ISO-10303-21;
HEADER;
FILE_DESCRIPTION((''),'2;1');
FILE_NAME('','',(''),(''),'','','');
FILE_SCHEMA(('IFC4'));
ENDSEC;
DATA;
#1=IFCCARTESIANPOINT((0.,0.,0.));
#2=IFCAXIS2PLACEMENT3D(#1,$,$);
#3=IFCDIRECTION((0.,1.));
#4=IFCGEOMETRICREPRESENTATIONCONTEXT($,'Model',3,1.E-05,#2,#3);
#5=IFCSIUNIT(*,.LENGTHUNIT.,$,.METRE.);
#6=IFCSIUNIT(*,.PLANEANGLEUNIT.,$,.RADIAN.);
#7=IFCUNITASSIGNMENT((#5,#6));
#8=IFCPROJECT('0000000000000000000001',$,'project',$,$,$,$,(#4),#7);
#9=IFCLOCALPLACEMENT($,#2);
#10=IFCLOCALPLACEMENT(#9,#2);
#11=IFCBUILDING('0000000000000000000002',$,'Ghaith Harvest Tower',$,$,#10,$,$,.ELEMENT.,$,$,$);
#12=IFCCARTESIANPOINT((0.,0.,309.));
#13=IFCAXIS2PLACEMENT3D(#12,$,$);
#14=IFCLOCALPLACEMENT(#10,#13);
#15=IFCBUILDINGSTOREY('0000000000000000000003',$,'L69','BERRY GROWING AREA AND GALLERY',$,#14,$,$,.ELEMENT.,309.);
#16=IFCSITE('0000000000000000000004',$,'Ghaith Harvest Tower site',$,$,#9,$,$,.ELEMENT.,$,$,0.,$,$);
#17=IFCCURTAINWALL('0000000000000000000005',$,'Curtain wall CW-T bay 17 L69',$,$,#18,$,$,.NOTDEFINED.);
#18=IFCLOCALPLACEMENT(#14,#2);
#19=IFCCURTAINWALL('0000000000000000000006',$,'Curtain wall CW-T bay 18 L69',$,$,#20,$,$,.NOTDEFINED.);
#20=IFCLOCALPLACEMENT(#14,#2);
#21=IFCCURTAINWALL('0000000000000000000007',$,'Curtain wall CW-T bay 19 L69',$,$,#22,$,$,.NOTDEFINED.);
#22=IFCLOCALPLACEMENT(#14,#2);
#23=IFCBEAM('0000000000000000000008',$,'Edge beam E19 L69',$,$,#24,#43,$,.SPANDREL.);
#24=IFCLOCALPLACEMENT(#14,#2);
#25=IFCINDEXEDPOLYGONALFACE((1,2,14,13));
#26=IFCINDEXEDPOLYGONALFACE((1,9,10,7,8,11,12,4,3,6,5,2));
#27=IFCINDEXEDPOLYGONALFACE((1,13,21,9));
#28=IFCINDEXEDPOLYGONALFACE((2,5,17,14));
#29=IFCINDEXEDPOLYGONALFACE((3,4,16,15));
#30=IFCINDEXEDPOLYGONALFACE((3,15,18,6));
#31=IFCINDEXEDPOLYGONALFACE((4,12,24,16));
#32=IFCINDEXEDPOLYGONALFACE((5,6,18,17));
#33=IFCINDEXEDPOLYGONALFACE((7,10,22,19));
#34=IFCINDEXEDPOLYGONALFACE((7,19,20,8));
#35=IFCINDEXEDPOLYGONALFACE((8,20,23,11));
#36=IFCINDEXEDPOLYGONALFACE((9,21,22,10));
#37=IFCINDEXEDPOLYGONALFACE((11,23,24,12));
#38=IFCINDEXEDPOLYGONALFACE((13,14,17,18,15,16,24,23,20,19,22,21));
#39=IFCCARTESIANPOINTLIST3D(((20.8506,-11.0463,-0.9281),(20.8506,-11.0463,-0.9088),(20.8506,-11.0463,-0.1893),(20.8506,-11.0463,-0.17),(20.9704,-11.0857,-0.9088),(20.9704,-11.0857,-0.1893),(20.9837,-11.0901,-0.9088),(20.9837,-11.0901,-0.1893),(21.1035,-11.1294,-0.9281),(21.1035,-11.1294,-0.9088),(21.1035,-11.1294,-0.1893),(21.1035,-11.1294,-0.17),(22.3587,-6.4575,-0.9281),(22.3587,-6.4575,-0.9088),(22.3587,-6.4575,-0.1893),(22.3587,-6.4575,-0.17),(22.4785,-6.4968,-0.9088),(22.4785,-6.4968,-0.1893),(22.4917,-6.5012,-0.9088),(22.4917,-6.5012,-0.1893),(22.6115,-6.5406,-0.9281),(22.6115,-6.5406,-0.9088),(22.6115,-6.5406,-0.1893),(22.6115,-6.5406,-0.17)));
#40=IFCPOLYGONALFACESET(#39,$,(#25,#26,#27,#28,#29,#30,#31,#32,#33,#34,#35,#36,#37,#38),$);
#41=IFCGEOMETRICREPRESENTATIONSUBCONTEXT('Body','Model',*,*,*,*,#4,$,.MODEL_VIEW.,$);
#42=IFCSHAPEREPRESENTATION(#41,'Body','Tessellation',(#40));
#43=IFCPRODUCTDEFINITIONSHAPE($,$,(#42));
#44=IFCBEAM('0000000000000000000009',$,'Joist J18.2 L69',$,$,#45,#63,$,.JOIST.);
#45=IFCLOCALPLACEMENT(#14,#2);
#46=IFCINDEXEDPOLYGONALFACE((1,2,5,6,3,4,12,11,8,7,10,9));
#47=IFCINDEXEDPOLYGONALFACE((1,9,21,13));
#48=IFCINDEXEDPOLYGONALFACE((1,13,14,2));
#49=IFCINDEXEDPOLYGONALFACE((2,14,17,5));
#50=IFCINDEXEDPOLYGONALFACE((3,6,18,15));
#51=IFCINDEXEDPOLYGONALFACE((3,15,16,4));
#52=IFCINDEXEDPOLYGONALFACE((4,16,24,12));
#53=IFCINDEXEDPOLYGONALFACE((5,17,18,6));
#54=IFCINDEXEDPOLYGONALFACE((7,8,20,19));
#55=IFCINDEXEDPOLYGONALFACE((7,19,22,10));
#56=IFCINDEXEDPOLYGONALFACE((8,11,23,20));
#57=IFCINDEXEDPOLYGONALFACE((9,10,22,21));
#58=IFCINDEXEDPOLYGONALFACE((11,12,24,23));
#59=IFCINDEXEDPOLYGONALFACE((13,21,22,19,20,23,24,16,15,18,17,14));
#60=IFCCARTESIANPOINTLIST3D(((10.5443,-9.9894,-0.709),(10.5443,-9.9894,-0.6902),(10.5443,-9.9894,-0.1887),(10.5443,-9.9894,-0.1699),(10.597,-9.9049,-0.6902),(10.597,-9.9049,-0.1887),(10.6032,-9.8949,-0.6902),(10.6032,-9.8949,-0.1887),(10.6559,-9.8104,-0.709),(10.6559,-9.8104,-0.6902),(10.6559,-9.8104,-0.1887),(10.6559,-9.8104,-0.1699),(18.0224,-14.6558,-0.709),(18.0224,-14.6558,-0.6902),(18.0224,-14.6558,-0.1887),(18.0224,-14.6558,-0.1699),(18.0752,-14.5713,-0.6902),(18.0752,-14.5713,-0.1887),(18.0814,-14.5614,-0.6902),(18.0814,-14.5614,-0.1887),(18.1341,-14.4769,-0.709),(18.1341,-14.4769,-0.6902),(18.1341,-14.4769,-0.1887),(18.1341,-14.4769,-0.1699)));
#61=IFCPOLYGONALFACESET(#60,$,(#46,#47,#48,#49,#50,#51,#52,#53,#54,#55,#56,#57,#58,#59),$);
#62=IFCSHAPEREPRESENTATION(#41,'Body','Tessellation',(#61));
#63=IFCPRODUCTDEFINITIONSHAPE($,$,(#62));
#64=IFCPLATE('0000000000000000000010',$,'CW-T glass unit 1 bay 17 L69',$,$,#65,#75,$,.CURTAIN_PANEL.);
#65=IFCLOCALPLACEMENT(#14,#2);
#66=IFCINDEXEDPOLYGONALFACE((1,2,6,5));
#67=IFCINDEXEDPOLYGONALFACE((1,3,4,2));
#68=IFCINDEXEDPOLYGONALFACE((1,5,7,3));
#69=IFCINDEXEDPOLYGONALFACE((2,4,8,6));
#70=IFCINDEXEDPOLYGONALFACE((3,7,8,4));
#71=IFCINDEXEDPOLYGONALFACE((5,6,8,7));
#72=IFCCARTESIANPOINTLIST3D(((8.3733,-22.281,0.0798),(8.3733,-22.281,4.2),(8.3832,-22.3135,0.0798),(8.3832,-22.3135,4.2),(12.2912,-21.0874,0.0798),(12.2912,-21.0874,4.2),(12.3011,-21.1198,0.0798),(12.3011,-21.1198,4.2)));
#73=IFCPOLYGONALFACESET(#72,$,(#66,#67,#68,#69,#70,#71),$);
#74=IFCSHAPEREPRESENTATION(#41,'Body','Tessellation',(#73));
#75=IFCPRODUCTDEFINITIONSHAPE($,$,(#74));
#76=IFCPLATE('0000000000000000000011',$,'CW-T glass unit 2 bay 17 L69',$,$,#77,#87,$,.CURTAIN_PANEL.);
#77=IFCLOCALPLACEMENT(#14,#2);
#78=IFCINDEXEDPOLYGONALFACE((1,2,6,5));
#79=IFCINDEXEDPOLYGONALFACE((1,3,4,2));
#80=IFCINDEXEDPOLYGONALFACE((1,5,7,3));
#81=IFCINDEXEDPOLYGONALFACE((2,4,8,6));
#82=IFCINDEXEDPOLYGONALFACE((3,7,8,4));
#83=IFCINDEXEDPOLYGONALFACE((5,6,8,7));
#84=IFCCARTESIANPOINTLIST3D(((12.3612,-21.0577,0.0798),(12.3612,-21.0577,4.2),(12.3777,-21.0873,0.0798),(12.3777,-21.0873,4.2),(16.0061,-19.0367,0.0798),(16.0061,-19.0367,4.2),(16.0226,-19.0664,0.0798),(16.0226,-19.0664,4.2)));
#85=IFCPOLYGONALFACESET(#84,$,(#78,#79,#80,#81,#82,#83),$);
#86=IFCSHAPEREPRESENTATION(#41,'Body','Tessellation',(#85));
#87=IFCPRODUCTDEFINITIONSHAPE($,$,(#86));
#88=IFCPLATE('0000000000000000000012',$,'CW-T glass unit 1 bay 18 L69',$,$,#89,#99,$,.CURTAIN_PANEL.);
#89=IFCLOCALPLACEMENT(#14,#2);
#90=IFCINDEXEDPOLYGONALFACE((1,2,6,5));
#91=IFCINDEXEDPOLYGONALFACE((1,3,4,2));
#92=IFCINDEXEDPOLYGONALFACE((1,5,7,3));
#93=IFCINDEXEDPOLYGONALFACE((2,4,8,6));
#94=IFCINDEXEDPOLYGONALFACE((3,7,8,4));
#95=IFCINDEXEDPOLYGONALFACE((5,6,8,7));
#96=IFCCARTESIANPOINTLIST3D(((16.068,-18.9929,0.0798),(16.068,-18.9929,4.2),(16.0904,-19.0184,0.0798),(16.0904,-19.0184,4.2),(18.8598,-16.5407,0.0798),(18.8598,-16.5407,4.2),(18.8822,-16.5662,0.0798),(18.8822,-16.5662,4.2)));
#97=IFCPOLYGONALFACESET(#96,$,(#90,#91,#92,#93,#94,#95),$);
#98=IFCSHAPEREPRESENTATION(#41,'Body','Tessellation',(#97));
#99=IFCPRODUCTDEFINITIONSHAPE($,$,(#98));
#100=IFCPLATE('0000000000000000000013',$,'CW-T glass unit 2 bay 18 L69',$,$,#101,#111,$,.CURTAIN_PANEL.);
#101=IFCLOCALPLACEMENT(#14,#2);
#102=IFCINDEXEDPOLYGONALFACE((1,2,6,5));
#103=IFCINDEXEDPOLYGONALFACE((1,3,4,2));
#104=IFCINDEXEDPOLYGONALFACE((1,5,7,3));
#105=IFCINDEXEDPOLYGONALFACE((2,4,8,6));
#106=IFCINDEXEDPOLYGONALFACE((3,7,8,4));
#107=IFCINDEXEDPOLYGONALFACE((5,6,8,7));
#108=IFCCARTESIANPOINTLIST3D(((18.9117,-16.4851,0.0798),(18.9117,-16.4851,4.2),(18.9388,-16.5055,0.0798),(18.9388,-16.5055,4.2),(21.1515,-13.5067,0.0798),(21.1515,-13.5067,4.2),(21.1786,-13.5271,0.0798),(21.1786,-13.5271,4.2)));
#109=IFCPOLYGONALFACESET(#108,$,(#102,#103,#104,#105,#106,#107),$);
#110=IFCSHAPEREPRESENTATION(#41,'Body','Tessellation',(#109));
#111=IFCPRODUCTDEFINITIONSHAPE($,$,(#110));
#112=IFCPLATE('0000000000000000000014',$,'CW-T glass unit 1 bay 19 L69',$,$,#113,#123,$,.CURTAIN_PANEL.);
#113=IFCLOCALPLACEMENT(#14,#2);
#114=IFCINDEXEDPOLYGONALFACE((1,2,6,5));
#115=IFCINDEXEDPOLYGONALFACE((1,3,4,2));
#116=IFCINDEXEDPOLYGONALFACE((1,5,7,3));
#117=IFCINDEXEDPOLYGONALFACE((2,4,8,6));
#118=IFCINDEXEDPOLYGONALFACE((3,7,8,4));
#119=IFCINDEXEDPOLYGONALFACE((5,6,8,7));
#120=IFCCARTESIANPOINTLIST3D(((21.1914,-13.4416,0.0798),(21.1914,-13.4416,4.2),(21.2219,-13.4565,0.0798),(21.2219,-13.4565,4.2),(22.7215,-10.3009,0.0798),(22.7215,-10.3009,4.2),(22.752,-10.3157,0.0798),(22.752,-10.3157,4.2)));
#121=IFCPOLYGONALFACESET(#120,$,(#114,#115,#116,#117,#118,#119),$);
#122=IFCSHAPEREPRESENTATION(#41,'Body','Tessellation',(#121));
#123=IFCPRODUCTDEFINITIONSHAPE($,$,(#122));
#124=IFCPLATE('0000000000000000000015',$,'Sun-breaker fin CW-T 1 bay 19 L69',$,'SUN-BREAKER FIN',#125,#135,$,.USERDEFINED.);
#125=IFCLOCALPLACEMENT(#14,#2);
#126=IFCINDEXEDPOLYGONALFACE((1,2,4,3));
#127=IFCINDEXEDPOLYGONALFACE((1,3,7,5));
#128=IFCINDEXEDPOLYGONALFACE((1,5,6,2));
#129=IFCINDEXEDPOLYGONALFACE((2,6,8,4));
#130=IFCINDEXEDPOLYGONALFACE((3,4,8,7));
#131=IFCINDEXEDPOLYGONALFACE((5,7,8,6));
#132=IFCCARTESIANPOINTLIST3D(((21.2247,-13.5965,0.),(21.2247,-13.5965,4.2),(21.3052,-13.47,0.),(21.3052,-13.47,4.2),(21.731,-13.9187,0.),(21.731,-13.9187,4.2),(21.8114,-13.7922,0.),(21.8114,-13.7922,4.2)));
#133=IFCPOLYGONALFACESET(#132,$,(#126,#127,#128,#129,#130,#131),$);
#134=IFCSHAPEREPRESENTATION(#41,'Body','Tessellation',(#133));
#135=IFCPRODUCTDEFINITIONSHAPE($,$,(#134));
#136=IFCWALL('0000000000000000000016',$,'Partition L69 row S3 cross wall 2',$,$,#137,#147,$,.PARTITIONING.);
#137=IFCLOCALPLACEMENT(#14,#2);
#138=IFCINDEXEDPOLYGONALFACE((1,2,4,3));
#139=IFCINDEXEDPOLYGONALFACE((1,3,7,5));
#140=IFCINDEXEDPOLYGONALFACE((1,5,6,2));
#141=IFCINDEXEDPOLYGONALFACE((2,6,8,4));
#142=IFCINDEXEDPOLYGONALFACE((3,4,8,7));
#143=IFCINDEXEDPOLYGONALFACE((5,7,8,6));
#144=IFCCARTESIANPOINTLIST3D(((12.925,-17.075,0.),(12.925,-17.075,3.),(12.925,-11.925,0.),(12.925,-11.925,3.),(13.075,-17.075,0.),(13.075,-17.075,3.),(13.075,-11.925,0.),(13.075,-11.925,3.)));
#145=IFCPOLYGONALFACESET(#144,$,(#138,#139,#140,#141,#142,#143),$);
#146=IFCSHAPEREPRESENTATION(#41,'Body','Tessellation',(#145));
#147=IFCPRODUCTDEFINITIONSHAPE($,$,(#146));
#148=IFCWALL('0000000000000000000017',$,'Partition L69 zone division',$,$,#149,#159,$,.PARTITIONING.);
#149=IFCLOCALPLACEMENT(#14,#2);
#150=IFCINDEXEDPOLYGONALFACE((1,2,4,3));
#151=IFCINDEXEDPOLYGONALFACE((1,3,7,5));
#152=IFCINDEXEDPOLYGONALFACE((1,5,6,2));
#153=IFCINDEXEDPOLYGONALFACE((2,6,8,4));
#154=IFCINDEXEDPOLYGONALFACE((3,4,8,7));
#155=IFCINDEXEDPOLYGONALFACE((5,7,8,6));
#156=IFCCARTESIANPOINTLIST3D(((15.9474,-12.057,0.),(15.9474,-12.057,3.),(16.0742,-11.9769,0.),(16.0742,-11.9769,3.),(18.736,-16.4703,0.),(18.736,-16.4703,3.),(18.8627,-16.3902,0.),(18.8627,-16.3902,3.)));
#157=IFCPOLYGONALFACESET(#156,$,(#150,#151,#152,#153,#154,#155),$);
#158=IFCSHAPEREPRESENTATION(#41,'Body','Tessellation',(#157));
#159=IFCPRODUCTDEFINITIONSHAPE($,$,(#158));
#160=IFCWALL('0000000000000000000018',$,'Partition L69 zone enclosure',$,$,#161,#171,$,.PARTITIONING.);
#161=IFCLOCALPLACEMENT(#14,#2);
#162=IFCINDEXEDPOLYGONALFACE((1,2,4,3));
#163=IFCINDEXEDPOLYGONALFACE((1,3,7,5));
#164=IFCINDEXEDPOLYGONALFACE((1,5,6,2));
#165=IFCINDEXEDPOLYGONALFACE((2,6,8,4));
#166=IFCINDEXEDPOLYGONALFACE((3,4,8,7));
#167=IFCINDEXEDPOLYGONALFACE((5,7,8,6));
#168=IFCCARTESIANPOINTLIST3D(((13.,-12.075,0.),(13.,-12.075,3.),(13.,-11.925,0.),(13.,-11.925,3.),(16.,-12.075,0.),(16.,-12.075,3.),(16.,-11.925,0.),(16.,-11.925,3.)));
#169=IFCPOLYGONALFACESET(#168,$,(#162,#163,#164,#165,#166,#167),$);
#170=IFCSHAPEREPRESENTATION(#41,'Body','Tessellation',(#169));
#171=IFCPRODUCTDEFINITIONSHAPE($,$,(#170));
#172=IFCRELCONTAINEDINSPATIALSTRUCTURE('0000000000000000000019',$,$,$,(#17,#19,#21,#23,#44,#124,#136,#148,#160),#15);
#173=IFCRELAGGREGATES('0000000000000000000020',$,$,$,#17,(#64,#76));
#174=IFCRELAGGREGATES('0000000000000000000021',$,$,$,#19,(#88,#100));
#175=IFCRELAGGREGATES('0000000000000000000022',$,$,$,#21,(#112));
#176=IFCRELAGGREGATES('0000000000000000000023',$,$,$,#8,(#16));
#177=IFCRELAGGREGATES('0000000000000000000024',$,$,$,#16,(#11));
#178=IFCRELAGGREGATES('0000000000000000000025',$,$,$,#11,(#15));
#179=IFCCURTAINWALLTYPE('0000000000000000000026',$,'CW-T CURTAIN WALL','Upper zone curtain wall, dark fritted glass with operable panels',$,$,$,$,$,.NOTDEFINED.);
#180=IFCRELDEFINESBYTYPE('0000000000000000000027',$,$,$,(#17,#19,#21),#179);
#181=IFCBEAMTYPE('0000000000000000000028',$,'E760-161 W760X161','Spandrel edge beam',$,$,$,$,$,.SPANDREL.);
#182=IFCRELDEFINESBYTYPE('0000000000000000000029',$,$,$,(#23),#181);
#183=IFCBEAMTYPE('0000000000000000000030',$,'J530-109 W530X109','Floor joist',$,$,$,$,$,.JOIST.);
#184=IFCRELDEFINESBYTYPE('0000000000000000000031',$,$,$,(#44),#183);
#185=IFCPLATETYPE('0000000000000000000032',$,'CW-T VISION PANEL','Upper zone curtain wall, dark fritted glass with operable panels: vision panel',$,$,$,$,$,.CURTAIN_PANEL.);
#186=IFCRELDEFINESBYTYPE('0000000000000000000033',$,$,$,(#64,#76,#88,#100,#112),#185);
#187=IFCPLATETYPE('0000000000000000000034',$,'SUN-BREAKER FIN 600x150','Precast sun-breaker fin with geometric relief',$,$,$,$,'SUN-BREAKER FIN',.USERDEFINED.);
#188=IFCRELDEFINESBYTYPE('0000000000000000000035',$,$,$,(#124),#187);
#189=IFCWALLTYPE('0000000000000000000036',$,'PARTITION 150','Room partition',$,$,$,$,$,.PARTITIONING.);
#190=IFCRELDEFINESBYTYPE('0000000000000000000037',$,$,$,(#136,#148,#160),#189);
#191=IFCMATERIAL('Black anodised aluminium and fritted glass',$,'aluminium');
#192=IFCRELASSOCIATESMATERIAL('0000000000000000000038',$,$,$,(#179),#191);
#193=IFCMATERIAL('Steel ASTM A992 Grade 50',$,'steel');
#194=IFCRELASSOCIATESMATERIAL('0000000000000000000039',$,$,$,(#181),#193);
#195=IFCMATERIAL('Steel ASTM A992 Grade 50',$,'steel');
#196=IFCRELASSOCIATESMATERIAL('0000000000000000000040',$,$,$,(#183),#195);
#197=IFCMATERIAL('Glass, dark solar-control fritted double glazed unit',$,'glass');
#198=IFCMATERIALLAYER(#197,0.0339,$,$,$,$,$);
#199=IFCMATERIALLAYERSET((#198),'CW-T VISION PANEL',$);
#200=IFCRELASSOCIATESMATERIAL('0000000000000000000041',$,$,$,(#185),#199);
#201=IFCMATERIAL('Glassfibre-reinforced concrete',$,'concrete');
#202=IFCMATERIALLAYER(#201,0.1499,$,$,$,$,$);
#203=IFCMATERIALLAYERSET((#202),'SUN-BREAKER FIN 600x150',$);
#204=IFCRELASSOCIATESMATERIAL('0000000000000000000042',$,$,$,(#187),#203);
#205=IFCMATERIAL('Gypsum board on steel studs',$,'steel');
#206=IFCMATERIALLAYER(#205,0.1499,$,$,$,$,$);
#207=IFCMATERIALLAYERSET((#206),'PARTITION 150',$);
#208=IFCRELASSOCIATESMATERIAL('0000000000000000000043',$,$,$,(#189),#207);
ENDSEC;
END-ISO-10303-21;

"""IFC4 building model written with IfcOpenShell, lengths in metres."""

from ifc_helpers import new_model, si_unit, direction, frame, frame_2d, origin, origin_2d, place, context, subcontext, project, spatial, rectangle, i_section, extrude, material, layer, layer_set, material_profile, profile_set, type_object, element, aggregate, save


model = new_model("IFC4")

# Units and contexts
model_context = context("Model", 3, precision=1e-05, world=origin(), true_north=direction((0.0, 1.0)))
body_context = subcontext(model_context, "Body", "Model", "MODEL_VIEW")
ifc_project = project(units=[si_unit("LENGTHUNIT", "METRE"), si_unit("PLANEANGLEUNIT", "RADIAN")], contexts=[model_context])

# Site, building, storey
site_placement = place(None, origin())
site = spatial("IfcSite", under=ifc_project, at=site_placement, Name="Ghaith Harvest Tower site", CompositionType="ELEMENT", RefElevation=0.0)
building_placement = place(site_placement, origin())
building = spatial("IfcBuilding", under=site, at=building_placement, Name="Ghaith Harvest Tower", CompositionType="ELEMENT")
storey_placement = place(building_placement, frame((0.0, 0.0, 309.0)))
storey = spatial("IfcBuildingStorey", under=building, at=storey_placement, Name="L69", Description="BERRY GROWING AREA AND GALLERY", CompositionType="ELEMENT", Elevation=309.0)

# Curtain wall
ifc_material_1 = material(Name="Black anodised aluminium and fritted glass", Category="aluminium")
curtain_wall_type = type_object("IfcCurtainWallType", Name="CW-T CURTAIN WALL", Description="Upper zone curtain wall, dark fritted glass with operable panels", PredefinedType="NOTDEFINED", material=ifc_material_1)
curtain_wall_1_placement = place(storey_placement, origin())
curtain_wall_1 = element("IfcCurtainWall", 1, at=curtain_wall_1_placement, inside=storey, type_object=curtain_wall_type, Name="Curtain wall CW-T bay 17 L69", PredefinedType="NOTDEFINED")

# Curtain walls
curtain_wall_2_placement = place(storey_placement, origin())
curtain_wall_2 = element("IfcCurtainWall", 2, at=curtain_wall_2_placement, inside=storey, type_object=curtain_wall_type, Name="Curtain wall CW-T bay 18 L69", PredefinedType="NOTDEFINED")
curtain_wall_3_placement = place(storey_placement, origin())
curtain_wall_3 = element("IfcCurtainWall", 3, at=curtain_wall_3_placement, inside=storey, type_object=curtain_wall_type, Name="Curtain wall CW-T bay 19 L69", PredefinedType="NOTDEFINED")

# Beams
ifc_material_2 = material(Name="Steel ASTM A992 Grade 50", Category="steel")
ifc_material_profile_1 = material_profile(ifc_material_2, i_section(OverallWidth=0.2661, OverallDepth=0.7581, WebThickness=0.0139, FlangeThickness=0.0193, at=origin_2d()), Name="W760X161")
ifc_profile_set_1 = profile_set([ifc_material_profile_1], Name="Steel ASTM A992 Grade 50")
beam_type_1 = type_object("IfcBeamType", Name="E760-161 W760X161", Description="Spandrel edge beam", PredefinedType="SPANDREL", material=ifc_profile_set_1)
beam_1_placement = place(storey_placement, frame((20.9771, -11.0879, -0.5491), z_axis=(0.312207, 0.950014, 0.0), x_axis=(-0.950014, 0.312207, 0.0)))
element("IfcBeam", 4, at=beam_1_placement, inside=storey, type_object=beam_type_1, Name="Edge beam E19 L69", PredefinedType="SPANDREL", context=body_context, shape_type="SweptSolid", body=[
    extrude(i_section(OverallWidth=0.2661, OverallDepth=0.7581, WebThickness=0.0139, FlangeThickness=0.0193, at=origin_2d()), origin(), (0.0, 0.0, 1.0), 4.8303),
])
ifc_material_3 = material(Name="Steel ASTM A992 Grade 50", Category="steel")
ifc_material_profile_2 = material_profile(ifc_material_3, i_section(OverallWidth=0.2109, OverallDepth=0.5391, WebThickness=0.0117, FlangeThickness=0.0188, at=origin_2d()), Name="W530X109")
ifc_profile_set_2 = profile_set([ifc_material_profile_2], Name="Steel ASTM A992 Grade 50")
beam_type_2 = type_object("IfcBeamType", Name="J530-109 W530X109", Description="Floor joist", PredefinedType="JOIST", material=ifc_profile_set_2)
beam_2_placement = place(storey_placement, frame((10.6001, -9.8999, -0.4395), z_axis=(0.848376, -0.529394, 0.0), x_axis=(0.529394, 0.848376, 0.0)))
element("IfcBeam", 5, at=beam_2_placement, inside=storey, type_object=beam_type_2, Name="Joist J18.2 L69", PredefinedType="JOIST", context=body_context, shape_type="SweptSolid", body=[
    extrude(i_section(OverallWidth=0.2109, OverallDepth=0.5391, WebThickness=0.0117, FlangeThickness=0.0188, at=origin_2d()), origin(), (0.0, 0.0, 1.0), 8.8147),
])

# Plates
ifc_material_4 = material(Name="Glass, dark solar-control fritted double glazed unit", Category="glass")
ifc_layer_1 = layer(ifc_material_4, 0.0339)
ifc_layer_set_1 = layer_set([ifc_layer_1], Name="CW-T VISION PANEL")
plate_type_1 = type_object("IfcPlateType", Name="CW-T VISION PANEL", Description="Upper zone curtain wall, dark fritted glass with operable panels: vision panel", PredefinedType="CURTAIN_PANEL", material=ifc_layer_set_1)
plate_1_placement = place(storey_placement, frame((10.3372, -21.7004, 0.0798), z_axis=(0.0, 0.0, 1.0), x_axis=(0.956588, 0.291445, 0.0)))
plate_1 = element("IfcPlate", 6, at=plate_1_placement, type_object=plate_type_1, Name="CW-T glass unit 1 bay 17 L69", PredefinedType="CURTAIN_PANEL", context=body_context, shape_type="SweptSolid", body=[
    extrude(rectangle(XDim=4.0957, YDim=0.0339, at=origin_2d()), origin(), (0.0, 0.0, 1.0), 4.1201),
])
plate_2_placement = place(storey_placement, frame((14.1919, -20.062, 0.0798), z_axis=(0.0, 0.0, 1.0), x_axis=(0.874564, 0.48491, 0.0)))
plate_2 = element("IfcPlate", 7, at=plate_2_placement, type_object=plate_type_1, Name="CW-T glass unit 2 bay 17 L69", PredefinedType="CURTAIN_PANEL", context=body_context, shape_type="SweptSolid", body=[
    extrude(rectangle(XDim=4.1677, YDim=0.0339, at=origin_2d()), origin(), (0.0, 0.0, 1.0), 4.1201),
])
aggregate(curtain_wall_1, [plate_1, plate_2])
plate_3_placement = place(storey_placement, frame((17.4751, -17.7795, 0.0798), z_axis=(0.0, 0.0, 1.0), x_axis=(0.751335, 0.659922, 0.0)))
plate_3 = element("IfcPlate", 8, at=plate_3_placement, type_object=plate_type_1, Name="CW-T glass unit 1 bay 18 L69", PredefinedType="CURTAIN_PANEL", context=body_context, shape_type="SweptSolid", body=[
    extrude(rectangle(XDim=3.7158, YDim=0.0339, at=origin_2d()), origin(), (0.0, 0.0, 1.0), 4.1201),
])
plate_4_placement = place(storey_placement, frame((20.0452, -15.0061, 0.0798), z_axis=(0.0, 0.0, 1.0), x_axis=(0.601048, 0.799213, 0.0)))
plate_4 = element("IfcPlate", 9, at=plate_4_placement, type_object=plate_type_1, Name="CW-T glass unit 2 bay 18 L69", PredefinedType="CURTAIN_PANEL", context=body_context, shape_type="SweptSolid", body=[
    extrude(rectangle(XDim=3.7266, YDim=0.0339, at=origin_2d()), origin(), (0.0, 0.0, 1.0), 4.1201),
])
aggregate(curtain_wall_2, [plate_3, plate_4])
plate_5_placement = place(storey_placement, frame((21.9717, -11.8787, 0.0798), z_axis=(0.0, 0.0, 1.0), x_axis=(0.437968, 0.89899, 0.0)))
plate_5 = element("IfcPlate", 10, at=plate_5_placement, type_object=plate_type_1, Name="CW-T glass unit 1 bay 19 L69", PredefinedType="CURTAIN_PANEL", context=body_context, shape_type="SweptSolid", body=[
    extrude(rectangle(XDim=3.4937, YDim=0.0339, at=origin_2d()), origin(), (0.0, 0.0, 1.0), 4.1201),
])
aggregate(curtain_wall_3, [plate_5])
ifc_material_5 = material(Name="Glassfibre-reinforced concrete", Category="concrete")
ifc_layer_2 = layer(ifc_material_5, 0.1499)
ifc_layer_set_2 = layer_set([ifc_layer_2], Name="SUN-BREAKER FIN 600x150")
plate_type_2 = type_object("IfcPlateType", Name="SUN-BREAKER FIN 600x150", Description="Precast sun-breaker fin with geometric relief", ElementType="SUN-BREAKER FIN", PredefinedType="USERDEFINED", material=ifc_layer_set_2)
plate_6_placement = place(storey_placement, frame((21.5181, -13.6943, 0.0), z_axis=(0.0, 0.0, 1.0), x_axis=(0.843644, -0.536903, 0.0)))
element("IfcPlate", 11, at=plate_6_placement, inside=storey, type_object=plate_type_2, Name="Sun-breaker fin CW-T 1 bay 19 L69", ObjectType="SUN-BREAKER FIN", PredefinedType="USERDEFINED", context=body_context, shape_type="SweptSolid", body=[
    extrude(rectangle(XDim=0.6001, YDim=0.1499, at=origin_2d()), origin(), (0.0, 0.0, 1.0), 4.2),
])

# Walls
ifc_material_6 = material(Name="Gypsum board on steel studs", Category="steel")
ifc_layer_3 = layer(ifc_material_6, 0.1499)
ifc_layer_set_3 = layer_set([ifc_layer_3], Name="PARTITION 150")
wall_type = type_object("IfcWallType", Name="PARTITION 150", Description="Room partition", PredefinedType="PARTITIONING", material=ifc_layer_set_3)
wall_1_placement = place(storey_placement, frame((13.0, -11.925, 0.0), z_axis=(0.0, 0.0, 1.0), x_axis=(0.0, -1.0, 0.0)))
element("IfcWall", 12, at=wall_1_placement, inside=storey, type_object=wall_type, Name="Partition L69 row S3 cross wall 2", PredefinedType="PARTITIONING", context=body_context, shape_type="SweptSolid", body=[
    extrude(rectangle(XDim=5.1499, YDim=0.1499, at=frame_2d((2.575, 0.0))), origin(), (0.0, 0.0, 1.0), 3.0),
])
wall_2_placement = place(storey_placement, frame((16.0107, -12.0168, 0.0), z_axis=(0.0, 0.0, 1.0), x_axis=(0.534158, -0.845384, 0.0)))
element("IfcWall", 13, at=wall_2_placement, inside=storey, type_object=wall_type, Name="Partition L69 zone division", PredefinedType="PARTITIONING", context=body_context, shape_type="SweptSolid", body=[
    extrude(rectangle(XDim=5.2205, YDim=0.1499, at=frame_2d((2.6104, 0.0))), origin(), (0.0, 0.0, 1.0), 3.0),
])
wall_3_placement = place(storey_placement, frame((13.0, -12.0, 0.0), z_axis=(0.0, 0.0, 1.0), x_axis=(1.0, 0.0, 0.0)))
element("IfcWall", 14, at=wall_3_placement, inside=storey, type_object=wall_type, Name="Partition L69 zone enclosure", PredefinedType="PARTITIONING", context=body_context, shape_type="SweptSolid", body=[
    extrude(rectangle(XDim=3.0, YDim=0.1499, at=frame_2d((1.5, 0.0))), origin(), (0.0, 0.0, 1.0), 3.0),
])

save(model, "model.ifc")
